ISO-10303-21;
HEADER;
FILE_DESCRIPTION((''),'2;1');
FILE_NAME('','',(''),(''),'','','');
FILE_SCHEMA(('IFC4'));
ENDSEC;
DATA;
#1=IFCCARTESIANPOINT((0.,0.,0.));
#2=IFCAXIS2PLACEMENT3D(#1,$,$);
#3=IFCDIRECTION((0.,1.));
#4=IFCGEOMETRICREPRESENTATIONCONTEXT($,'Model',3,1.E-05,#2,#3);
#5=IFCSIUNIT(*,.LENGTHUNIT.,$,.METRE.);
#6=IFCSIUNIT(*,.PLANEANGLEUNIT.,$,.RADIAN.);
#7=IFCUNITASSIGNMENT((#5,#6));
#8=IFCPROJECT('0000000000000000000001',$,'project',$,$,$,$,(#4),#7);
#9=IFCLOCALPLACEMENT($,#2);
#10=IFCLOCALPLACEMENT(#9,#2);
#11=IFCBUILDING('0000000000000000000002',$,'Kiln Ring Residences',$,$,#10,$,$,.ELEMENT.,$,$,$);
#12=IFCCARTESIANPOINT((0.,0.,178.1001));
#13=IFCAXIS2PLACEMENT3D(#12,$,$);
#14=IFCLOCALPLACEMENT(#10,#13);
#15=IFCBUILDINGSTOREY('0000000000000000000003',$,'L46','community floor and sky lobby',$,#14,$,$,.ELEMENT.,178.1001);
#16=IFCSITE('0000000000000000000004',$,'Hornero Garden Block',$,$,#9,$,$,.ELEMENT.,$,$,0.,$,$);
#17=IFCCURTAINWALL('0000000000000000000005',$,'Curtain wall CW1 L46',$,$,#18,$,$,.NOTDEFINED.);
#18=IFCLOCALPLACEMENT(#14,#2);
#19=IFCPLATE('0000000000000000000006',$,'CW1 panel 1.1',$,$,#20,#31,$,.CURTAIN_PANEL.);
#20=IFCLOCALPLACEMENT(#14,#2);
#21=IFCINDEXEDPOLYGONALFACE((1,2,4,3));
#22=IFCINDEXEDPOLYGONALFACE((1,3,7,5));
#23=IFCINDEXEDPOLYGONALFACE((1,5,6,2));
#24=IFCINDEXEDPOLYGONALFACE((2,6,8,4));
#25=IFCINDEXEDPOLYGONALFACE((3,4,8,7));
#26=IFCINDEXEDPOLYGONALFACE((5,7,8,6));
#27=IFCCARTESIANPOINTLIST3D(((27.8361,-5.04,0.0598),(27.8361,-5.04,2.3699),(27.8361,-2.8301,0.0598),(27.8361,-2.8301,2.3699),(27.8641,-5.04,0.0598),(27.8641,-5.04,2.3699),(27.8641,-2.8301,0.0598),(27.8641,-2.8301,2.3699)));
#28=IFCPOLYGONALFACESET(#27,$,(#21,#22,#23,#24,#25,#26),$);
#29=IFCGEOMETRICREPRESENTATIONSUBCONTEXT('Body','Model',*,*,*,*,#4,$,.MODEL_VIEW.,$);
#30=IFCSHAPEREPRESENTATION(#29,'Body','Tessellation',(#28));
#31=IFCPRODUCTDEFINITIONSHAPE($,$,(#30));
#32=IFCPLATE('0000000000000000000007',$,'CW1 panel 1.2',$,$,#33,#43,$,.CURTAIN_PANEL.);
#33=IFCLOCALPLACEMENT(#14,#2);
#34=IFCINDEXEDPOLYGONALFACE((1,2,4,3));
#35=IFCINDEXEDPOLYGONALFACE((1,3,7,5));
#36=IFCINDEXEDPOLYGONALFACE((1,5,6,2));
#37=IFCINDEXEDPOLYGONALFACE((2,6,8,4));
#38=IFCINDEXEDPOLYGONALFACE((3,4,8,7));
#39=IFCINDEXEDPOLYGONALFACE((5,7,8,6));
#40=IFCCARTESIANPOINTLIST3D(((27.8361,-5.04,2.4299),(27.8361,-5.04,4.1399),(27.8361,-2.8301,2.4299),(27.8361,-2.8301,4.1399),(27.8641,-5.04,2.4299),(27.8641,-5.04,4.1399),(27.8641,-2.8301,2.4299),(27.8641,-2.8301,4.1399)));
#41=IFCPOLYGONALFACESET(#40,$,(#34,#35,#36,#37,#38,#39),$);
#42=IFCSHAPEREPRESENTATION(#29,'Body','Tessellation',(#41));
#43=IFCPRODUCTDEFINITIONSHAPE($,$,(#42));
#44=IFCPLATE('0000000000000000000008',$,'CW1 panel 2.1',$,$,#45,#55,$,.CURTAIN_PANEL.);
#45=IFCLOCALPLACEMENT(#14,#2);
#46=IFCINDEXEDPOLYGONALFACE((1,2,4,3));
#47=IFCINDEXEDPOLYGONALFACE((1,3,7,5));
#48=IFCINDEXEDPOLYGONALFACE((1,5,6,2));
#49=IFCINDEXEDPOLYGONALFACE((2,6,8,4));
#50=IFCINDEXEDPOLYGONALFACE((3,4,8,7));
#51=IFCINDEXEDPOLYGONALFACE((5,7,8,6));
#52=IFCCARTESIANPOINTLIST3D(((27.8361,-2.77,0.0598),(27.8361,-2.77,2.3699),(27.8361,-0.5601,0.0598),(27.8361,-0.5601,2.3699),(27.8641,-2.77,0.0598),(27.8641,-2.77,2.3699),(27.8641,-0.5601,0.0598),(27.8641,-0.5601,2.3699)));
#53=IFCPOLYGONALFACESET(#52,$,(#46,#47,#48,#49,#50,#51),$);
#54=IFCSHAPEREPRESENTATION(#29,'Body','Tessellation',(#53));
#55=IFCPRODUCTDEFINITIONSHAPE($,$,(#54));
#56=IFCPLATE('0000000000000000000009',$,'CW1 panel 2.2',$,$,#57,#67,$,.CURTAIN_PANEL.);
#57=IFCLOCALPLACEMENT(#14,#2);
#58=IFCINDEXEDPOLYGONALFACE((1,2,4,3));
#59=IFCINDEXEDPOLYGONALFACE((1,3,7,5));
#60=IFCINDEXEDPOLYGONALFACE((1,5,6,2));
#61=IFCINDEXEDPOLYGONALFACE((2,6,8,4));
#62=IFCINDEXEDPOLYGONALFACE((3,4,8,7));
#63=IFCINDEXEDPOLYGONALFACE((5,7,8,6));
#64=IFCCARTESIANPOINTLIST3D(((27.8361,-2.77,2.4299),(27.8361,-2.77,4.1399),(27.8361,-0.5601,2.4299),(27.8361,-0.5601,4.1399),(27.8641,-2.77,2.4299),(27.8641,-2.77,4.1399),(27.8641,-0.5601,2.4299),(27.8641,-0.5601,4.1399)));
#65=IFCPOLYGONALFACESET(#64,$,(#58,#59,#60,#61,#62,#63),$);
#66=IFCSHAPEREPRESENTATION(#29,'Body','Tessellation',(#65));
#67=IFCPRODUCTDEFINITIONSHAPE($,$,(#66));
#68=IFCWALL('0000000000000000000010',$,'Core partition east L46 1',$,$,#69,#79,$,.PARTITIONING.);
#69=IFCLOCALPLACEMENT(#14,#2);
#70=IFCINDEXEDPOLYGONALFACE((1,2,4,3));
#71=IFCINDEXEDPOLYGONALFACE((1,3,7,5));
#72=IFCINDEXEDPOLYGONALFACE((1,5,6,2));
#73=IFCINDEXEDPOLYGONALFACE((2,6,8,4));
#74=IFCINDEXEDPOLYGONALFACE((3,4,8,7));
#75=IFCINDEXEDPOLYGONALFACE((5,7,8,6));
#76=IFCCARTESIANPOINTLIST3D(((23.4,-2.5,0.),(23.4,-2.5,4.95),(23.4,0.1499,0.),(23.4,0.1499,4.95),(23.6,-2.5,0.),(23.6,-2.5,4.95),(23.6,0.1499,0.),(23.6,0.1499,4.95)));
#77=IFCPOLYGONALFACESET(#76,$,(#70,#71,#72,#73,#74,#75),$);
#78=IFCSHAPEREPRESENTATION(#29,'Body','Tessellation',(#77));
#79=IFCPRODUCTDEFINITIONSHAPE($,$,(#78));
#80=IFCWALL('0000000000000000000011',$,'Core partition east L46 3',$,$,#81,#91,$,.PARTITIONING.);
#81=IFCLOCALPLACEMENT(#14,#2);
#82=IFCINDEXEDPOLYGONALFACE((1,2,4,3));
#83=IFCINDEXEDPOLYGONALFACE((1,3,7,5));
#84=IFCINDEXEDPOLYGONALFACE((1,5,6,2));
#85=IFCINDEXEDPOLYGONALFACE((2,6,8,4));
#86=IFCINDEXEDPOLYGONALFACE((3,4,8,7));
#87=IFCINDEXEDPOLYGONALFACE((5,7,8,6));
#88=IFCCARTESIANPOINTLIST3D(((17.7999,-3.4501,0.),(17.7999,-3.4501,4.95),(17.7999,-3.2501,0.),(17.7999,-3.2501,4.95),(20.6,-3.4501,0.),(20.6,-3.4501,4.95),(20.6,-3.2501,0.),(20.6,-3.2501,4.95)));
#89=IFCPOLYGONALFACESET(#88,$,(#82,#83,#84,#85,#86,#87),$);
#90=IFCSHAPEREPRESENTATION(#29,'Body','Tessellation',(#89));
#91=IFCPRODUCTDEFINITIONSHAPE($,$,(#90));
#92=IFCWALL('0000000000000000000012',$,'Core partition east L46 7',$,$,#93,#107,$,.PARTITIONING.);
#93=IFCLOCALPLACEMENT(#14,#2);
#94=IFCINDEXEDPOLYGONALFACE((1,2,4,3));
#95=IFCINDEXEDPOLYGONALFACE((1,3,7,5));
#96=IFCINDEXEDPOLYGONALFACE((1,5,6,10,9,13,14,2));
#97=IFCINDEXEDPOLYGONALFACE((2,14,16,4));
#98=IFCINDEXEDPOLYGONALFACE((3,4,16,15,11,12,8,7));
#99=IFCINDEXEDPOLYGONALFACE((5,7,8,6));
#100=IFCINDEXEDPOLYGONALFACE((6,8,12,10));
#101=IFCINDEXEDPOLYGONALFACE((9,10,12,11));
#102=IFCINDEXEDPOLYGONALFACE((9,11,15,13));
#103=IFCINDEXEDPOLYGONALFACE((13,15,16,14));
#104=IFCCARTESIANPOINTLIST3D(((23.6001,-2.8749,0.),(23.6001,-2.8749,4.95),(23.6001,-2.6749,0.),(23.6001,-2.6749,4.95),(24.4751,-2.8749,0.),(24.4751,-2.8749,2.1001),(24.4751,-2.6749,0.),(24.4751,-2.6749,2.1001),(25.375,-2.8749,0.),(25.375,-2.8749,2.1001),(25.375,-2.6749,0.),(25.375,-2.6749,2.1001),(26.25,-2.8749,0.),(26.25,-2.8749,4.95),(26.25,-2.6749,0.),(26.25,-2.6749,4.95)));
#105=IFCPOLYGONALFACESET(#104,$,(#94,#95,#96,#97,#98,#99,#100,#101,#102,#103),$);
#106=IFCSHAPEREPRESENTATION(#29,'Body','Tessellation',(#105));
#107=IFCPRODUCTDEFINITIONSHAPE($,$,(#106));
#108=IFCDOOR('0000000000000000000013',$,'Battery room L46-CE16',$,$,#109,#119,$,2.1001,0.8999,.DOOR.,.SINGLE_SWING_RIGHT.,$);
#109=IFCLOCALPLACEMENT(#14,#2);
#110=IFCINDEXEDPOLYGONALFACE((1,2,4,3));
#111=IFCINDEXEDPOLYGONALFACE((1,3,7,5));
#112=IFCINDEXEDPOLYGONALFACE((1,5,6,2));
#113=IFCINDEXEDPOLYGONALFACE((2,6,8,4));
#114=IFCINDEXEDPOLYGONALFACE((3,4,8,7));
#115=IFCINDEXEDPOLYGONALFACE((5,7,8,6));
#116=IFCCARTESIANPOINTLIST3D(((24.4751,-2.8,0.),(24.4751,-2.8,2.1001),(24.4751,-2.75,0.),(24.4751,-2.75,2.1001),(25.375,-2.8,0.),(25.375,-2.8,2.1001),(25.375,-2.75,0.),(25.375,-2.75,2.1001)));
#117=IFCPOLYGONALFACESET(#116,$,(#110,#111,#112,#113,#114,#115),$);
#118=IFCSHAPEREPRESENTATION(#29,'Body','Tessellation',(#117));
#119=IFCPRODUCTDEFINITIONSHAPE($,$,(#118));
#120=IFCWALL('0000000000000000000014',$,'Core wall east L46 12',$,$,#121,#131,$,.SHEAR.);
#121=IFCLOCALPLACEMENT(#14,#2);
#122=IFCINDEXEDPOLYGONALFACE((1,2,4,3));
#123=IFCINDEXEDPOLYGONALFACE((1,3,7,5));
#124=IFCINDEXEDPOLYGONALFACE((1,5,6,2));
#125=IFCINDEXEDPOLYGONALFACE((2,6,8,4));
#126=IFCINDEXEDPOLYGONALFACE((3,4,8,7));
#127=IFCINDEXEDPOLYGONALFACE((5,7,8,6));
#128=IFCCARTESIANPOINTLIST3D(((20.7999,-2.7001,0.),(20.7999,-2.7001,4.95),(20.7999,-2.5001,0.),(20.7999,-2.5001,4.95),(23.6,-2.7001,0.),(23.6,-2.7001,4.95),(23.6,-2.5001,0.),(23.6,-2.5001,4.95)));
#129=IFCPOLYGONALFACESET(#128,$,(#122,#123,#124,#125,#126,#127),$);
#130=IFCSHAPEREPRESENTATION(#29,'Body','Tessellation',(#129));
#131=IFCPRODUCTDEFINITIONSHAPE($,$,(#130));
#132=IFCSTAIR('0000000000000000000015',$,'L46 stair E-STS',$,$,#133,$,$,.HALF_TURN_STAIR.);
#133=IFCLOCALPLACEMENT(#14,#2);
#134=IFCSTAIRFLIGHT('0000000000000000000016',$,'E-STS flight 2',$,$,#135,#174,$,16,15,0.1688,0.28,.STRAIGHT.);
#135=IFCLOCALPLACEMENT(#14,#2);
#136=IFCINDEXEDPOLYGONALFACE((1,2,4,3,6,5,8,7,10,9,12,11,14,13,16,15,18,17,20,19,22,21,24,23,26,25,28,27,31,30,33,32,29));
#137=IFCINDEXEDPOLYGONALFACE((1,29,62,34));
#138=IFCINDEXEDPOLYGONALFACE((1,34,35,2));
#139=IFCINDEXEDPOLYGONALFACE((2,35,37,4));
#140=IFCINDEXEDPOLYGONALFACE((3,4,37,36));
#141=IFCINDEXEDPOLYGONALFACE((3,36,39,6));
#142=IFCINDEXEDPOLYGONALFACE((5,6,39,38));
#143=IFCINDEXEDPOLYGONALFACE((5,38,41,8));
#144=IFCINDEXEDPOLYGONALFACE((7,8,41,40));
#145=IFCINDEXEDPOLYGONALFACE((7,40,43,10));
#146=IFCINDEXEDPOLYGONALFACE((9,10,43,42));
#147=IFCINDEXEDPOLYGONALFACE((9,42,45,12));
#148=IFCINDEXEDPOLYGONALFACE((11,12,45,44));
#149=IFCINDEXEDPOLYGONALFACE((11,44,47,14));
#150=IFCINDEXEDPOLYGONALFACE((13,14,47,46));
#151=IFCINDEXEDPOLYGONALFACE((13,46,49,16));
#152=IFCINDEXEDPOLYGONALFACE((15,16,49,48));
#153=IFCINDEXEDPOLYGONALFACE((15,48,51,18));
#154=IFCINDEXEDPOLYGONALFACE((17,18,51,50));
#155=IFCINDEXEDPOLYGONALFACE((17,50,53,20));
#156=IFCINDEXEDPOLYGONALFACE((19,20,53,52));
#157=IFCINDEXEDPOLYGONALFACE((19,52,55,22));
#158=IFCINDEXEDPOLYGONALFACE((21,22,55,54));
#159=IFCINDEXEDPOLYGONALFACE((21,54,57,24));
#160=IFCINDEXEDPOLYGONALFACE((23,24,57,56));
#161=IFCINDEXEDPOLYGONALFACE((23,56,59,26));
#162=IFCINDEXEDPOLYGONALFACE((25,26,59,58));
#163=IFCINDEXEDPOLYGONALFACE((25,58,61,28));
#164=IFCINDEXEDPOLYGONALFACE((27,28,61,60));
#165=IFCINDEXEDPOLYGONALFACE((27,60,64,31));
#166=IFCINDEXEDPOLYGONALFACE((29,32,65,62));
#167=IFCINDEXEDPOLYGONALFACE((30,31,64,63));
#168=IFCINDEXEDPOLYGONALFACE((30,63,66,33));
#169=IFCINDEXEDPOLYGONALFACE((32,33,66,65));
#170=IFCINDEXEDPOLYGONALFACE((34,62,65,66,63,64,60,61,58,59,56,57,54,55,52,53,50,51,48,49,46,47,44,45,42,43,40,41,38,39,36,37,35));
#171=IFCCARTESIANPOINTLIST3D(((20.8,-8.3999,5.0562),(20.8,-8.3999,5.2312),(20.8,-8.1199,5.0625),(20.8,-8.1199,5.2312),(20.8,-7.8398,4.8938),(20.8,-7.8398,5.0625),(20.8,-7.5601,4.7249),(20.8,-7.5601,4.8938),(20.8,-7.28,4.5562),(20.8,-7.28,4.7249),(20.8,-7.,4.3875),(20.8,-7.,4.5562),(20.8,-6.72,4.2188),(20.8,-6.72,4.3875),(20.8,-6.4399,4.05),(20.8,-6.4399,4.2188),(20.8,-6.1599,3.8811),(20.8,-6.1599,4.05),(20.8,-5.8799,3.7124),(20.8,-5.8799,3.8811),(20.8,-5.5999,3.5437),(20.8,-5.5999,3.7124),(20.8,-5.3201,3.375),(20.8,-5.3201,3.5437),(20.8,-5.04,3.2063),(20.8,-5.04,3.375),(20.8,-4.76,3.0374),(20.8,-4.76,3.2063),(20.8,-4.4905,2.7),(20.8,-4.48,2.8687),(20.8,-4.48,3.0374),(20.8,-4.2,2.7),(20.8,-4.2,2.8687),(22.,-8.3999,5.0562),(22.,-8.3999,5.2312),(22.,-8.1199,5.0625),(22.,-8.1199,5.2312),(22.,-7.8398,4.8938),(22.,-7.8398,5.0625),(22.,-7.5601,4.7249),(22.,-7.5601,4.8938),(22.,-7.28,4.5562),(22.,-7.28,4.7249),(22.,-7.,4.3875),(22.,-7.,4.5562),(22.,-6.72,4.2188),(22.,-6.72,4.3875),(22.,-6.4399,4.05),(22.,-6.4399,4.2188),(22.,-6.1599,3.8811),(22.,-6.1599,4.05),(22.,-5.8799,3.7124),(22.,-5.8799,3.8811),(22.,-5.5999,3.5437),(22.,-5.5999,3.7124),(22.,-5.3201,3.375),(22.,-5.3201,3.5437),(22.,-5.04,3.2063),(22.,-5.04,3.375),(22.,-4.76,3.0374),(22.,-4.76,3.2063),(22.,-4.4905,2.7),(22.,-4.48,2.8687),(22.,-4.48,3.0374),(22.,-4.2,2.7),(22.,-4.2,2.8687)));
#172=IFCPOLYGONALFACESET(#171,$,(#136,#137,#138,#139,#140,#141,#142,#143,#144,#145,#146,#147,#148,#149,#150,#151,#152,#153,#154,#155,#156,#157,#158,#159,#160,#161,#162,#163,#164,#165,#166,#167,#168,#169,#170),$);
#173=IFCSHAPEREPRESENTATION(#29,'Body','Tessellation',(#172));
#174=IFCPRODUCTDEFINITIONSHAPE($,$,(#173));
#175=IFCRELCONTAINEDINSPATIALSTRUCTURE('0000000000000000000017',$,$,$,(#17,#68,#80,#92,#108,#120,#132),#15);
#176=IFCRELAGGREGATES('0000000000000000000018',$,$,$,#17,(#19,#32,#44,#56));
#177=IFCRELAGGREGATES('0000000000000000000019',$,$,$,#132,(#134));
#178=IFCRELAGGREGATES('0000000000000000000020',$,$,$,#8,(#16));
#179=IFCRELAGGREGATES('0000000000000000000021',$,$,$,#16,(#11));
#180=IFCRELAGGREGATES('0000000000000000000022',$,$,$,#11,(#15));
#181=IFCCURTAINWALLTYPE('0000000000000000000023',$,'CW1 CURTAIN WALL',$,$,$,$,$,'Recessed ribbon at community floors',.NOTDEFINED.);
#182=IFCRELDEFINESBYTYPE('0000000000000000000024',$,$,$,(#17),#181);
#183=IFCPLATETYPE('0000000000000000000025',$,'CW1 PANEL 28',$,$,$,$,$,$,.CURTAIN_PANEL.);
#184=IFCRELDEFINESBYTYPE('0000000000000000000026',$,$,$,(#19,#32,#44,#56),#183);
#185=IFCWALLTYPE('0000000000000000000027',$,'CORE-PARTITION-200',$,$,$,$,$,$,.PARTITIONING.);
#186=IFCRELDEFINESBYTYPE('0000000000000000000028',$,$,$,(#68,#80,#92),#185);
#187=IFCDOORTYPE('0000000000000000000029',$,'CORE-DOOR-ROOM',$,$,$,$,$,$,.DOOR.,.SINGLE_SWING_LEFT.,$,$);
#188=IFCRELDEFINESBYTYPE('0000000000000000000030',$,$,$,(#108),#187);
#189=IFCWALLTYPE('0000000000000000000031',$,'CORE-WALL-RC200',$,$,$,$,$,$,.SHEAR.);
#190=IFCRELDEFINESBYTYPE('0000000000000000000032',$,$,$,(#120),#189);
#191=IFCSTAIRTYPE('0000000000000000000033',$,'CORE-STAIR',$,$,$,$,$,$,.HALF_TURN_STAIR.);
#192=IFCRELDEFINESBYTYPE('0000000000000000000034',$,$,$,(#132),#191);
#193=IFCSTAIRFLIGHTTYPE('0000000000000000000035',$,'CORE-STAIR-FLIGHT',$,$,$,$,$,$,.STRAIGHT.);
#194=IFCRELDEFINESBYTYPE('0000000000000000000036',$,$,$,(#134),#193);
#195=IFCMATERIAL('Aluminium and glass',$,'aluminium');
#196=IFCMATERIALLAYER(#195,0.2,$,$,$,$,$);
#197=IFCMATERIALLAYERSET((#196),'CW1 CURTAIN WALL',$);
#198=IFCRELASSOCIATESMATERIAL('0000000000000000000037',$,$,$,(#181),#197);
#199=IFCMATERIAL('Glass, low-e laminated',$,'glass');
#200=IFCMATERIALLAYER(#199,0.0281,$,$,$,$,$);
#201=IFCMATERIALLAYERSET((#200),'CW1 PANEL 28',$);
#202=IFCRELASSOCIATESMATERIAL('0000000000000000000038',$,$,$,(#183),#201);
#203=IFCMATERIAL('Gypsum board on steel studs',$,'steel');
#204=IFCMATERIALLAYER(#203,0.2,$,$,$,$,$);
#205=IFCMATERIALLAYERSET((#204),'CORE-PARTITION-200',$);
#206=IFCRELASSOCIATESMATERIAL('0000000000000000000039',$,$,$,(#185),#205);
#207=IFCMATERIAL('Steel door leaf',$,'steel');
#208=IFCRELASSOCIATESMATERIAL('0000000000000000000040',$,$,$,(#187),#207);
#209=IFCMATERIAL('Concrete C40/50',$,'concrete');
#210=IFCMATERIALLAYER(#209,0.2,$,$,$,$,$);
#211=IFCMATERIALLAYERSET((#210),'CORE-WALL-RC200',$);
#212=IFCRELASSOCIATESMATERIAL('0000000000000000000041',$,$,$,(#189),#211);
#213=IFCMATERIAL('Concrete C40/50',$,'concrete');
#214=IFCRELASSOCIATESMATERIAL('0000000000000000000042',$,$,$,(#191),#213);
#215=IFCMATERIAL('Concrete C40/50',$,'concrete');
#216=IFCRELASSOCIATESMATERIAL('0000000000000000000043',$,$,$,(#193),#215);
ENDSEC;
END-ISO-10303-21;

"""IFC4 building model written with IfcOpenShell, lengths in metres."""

from ifc_helpers import new_model, si_unit, direction, frame, frame_2d, origin, origin_2d, place, context, subcontext, project, spatial, polyline, rectangle, outline, extrude, material, layer, layer_set, type_object, element, fill, aggregate, save


model = new_model("IFC4")

# Units and contexts
model_context = context("Model", 3, precision=1e-05, world=origin(), true_north=direction((0.0, 1.0)))
body_context = subcontext(model_context, "Body", "Model", "MODEL_VIEW")
ifc_project = project(units=[si_unit("LENGTHUNIT", "METRE"), si_unit("PLANEANGLEUNIT", "RADIAN")], contexts=[model_context])

# Site, building, storey
site_placement = place(None, origin())
site = spatial("IfcSite", under=ifc_project, at=site_placement, Name="Hornero Garden Block", CompositionType="ELEMENT", RefElevation=0.0)
building_placement = place(site_placement, origin())
building = spatial("IfcBuilding", under=site, at=building_placement, Name="Kiln Ring Residences", CompositionType="ELEMENT")
storey_placement = place(building_placement, frame((0.0, 0.0, 178.1001)))
storey = spatial("IfcBuildingStorey", under=building, at=storey_placement, Name="L46", Description="community floor and sky lobby", CompositionType="ELEMENT", Elevation=178.1001)

# Shared definitions
ifc_material_1 = material(Name="Aluminium and glass", Category="aluminium")
ifc_layer_1 = layer(ifc_material_1, 0.2)
ifc_layer_set_1 = layer_set([ifc_layer_1], Name="CW1 CURTAIN WALL")
curtain_wall_type = type_object("IfcCurtainWallType", Name="CW1 CURTAIN WALL", ElementType="Recessed ribbon at community floors", PredefinedType="NOTDEFINED", material=ifc_layer_set_1)
placement = place(storey_placement, origin())

# Curtain wall
curtain_wall_1 = element("IfcCurtainWall", 1, at=placement, inside=storey, type_object=curtain_wall_type, Name="Curtain wall CW1 L46", PredefinedType="NOTDEFINED")

# Plates
ifc_material_2 = material(Name="Glass, low-e laminated", Category="glass")
ifc_layer_2 = layer(ifc_material_2, 0.0281)
ifc_layer_set_2 = layer_set([ifc_layer_2], Name="CW1 PANEL 28")
plate_type = type_object("IfcPlateType", Name="CW1 PANEL 28", PredefinedType="CURTAIN_PANEL", material=ifc_layer_set_2)
plate_1_placement = place(storey_placement, frame((27.8501, -3.9351, 0.0598), z_axis=(0.0, 0.0, 1.0), x_axis=(0.0, 1.0, 0.0)))
plate_1 = element("IfcPlate", 2, at=plate_1_placement, type_object=plate_type, Name="CW1 panel 1.1", PredefinedType="CURTAIN_PANEL", context=body_context, shape_type="SweptSolid", body=[
    extrude(rectangle(XDim=2.21, YDim=0.0281, at=origin_2d()), origin(), (0.0, 0.0, 1.0), 2.3101),
])
plate_2_placement = place(storey_placement, frame((27.8501, -3.9351, 2.4299), z_axis=(0.0, 0.0, 1.0), x_axis=(0.0, 1.0, 0.0)))
plate_2 = element("IfcPlate", 3, at=plate_2_placement, type_object=plate_type, Name="CW1 panel 1.2", PredefinedType="CURTAIN_PANEL", context=body_context, shape_type="SweptSolid", body=[
    extrude(rectangle(XDim=2.21, YDim=0.0281, at=origin_2d()), origin(), (0.0, 0.0, 1.0), 1.71),
])
plate_3_placement = place(storey_placement, frame((27.8501, -1.665, 0.0598), z_axis=(0.0, 0.0, 1.0), x_axis=(0.0, 1.0, 0.0)))
plate_3 = element("IfcPlate", 4, at=plate_3_placement, type_object=plate_type, Name="CW1 panel 2.1", PredefinedType="CURTAIN_PANEL", context=body_context, shape_type="SweptSolid", body=[
    extrude(rectangle(XDim=2.21, YDim=0.0281, at=origin_2d()), origin(), (0.0, 0.0, 1.0), 2.3101),
])
plate_4_placement = place(storey_placement, frame((27.8501, -1.665, 2.4299), z_axis=(0.0, 0.0, 1.0), x_axis=(0.0, 1.0, 0.0)))
plate_4 = element("IfcPlate", 5, at=plate_4_placement, type_object=plate_type, Name="CW1 panel 2.2", PredefinedType="CURTAIN_PANEL", context=body_context, shape_type="SweptSolid", body=[
    extrude(rectangle(XDim=2.21, YDim=0.0281, at=origin_2d()), origin(), (0.0, 0.0, 1.0), 1.71),
])
aggregate(curtain_wall_1, [plate_1, plate_2, plate_3, plate_4])

# Walls
ifc_material_3 = material(Name="Gypsum board on steel studs", Category="steel")
ifc_layer_3 = layer(ifc_material_3, 0.2)
ifc_layer_set_3 = layer_set([ifc_layer_3], Name="CORE-PARTITION-200")
wall_type_1 = type_object("IfcWallType", Name="CORE-PARTITION-200", PredefinedType="PARTITIONING", material=ifc_layer_set_3)
wall_1_placement = place(storey_placement, frame((23.5, -2.5, 0.0), z_axis=(0.0, 0.0, 1.0), x_axis=(0.0, 1.0, 0.0)))
element("IfcWall", 6, at=wall_1_placement, inside=storey, type_object=wall_type_1, Name="Core partition east L46 1", PredefinedType="PARTITIONING", context=body_context, shape_type="SweptSolid", body=[
    extrude(rectangle(XDim=2.6499, YDim=0.2, at=frame_2d((1.325, 0.0))), origin(), (0.0, 0.0, 1.0), 4.95),
])
wall_2_placement = place(storey_placement, frame((17.8, -3.3501, 0.0), z_axis=(0.0, 0.0, 1.0), x_axis=(1.0, 0.0, 0.0)))
element("IfcWall", 7, at=wall_2_placement, inside=storey, type_object=wall_type_1, Name="Core partition east L46 3", PredefinedType="PARTITIONING", context=body_context, shape_type="SweptSolid", body=[
    extrude(rectangle(XDim=2.8, YDim=0.2, at=frame_2d((1.3999, 0.0))), origin(), (0.0, 0.0, 1.0), 4.95),
])

# Wall, opening, door
wall_3_placement = place(storey_placement, frame((23.6001, -2.7749, 0.0), z_axis=(0.0, 0.0, 1.0), x_axis=(1.0, 0.0, 0.0)))
wall_3 = element("IfcWall", 8, at=wall_3_placement, inside=storey, type_object=wall_type_1, Name="Core partition east L46 7", PredefinedType="PARTITIONING", context=body_context, shape_type="SweptSolid", body=[
    extrude(rectangle(XDim=2.6499, YDim=0.2, at=frame_2d((1.325, 0.0))), origin(), (0.0, 0.0, 1.0), 4.95),
])
opening_placement = place(wall_3_placement, frame((0.875, 0.0, 0.0)))
opening = element("IfcOpeningElement", 9, at=opening_placement, cuts=wall_3, PredefinedType="OPENING", context=body_context, shape_type="SweptSolid", body=[
    extrude(rectangle(XDim=0.8999, YDim=2.1001, at=frame_2d((0.45, 1.05))), frame((0.0, 0.1099, 0.0), z_axis=(0.0, -1.0, 0.0), x_axis=(1.0, 0.0, 0.0)), (0.0, 0.0, 1.0), 0.22),
])
ifc_material_4 = material(Name="Steel door leaf", Category="steel")
door_type = type_object("IfcDoorType", Name="CORE-DOOR-ROOM", OperationType="SINGLE_SWING_LEFT", PredefinedType="DOOR", material=ifc_material_4)
door_placement = place(opening_placement, origin())
door = element("IfcDoor", 10, at=door_placement, inside=storey, type_object=door_type, Name="Battery room L46-CE16", OperationType="SINGLE_SWING_RIGHT", OverallHeight=2.1001, OverallWidth=0.8999, PredefinedType="DOOR", context=body_context, shape_type="SweptSolid", body=[
    extrude(rectangle(XDim=0.8999, YDim=2.1001, at=frame_2d((0.45, 1.05))), frame((0.0, 0.0249, 0.0), z_axis=(0.0, -1.0, 0.0), x_axis=(1.0, 0.0, 0.0)), (0.0, 0.0, 1.0), 0.05),
])
fill(opening, door)

# Wall
ifc_material_5 = material(Name="Concrete C40/50", Category="concrete")
ifc_layer_4 = layer(ifc_material_5, 0.2)
ifc_layer_set_4 = layer_set([ifc_layer_4], Name="CORE-WALL-RC200")
wall_type_2 = type_object("IfcWallType", Name="CORE-WALL-RC200", PredefinedType="SHEAR", material=ifc_layer_set_4)
wall_4_placement = place(storey_placement, frame((20.8, -2.6001, 0.0), z_axis=(0.0, 0.0, 1.0), x_axis=(1.0, 0.0, 0.0)))
element("IfcWall", 11, at=wall_4_placement, inside=storey, type_object=wall_type_2, Name="Core wall east L46 12", PredefinedType="SHEAR", context=body_context, shape_type="SweptSolid", body=[
    extrude(rectangle(XDim=2.8, YDim=0.2, at=frame_2d((1.3999, 0.0))), origin(), (0.0, 0.0, 1.0), 4.95),
])

# Stair, stair flight
ifc_material_6 = material(Name="Concrete C40/50", Category="concrete")
stair_type = type_object("IfcStairType", Name="CORE-STAIR", PredefinedType="HALF_TURN_STAIR", material=ifc_material_6)
stair = element("IfcStair", 12, at=placement, inside=storey, type_object=stair_type, Name="L46 stair E-STS", PredefinedType="HALF_TURN_STAIR")
ifc_material_7 = material(Name="Concrete C40/50", Category="concrete")
stair_flight_type = type_object("IfcStairFlightType", Name="CORE-STAIR-FLIGHT", PredefinedType="STRAIGHT", material=ifc_material_7)
stair_flight_placement = place(storey_placement, frame((21.3999, -4.2, 2.7), z_axis=(0.0, 0.0, 1.0), x_axis=(0.0, -1.0, 0.0)))
stair_flight = element("IfcStairFlight", 13, at=stair_flight_placement, type_object=stair_flight_type, Name="E-STS flight 2", NumberOfRisers=16, NumberOfTreads=15, PredefinedType="STRAIGHT", RiserHeight=0.1688, TreadLength=0.28, context=body_context, shape_type="SweptSolid", body=[
    extrude(outline(polyline([(0.0, 0.0), (0.0, 0.1687), (0.28, 0.1687), (0.28, 0.3374), (0.5601, 0.3374), (0.5601, 0.5063), (0.8401, 0.5063), (0.8401, 0.675), (1.1201, 0.675), (1.1201, 0.8438), (1.3999, 0.8438), (1.3999, 1.0125), (1.6799, 1.0125), (1.6799, 1.1812), (1.96, 1.1812), (1.96, 1.3501), (2.24, 1.3501), (2.24, 1.5188), (2.52, 1.5188), (2.52, 1.6875), (2.8, 1.6875), (2.8, 1.8562), (3.0801, 1.8562), (3.0801, 2.0249), (3.3601, 2.0249), (3.3601, 2.1938), (3.6399, 2.1938), (3.6399, 2.3625), (3.9199, 2.3625), (3.9199, 2.5312), (4.2, 2.5312), (4.2, 2.7), (4.2, 2.3562), (0.2905, 0.0), (0.0, 0.0)])), frame((0.0, 0.6001, 0.0), z_axis=(0.0, -1.0, 0.0), x_axis=(1.0, 0.0, 0.0)), (0.0, 0.0, 1.0), 1.2),
])
aggregate(stair, [stair_flight])

save(model, "model.ifc")
